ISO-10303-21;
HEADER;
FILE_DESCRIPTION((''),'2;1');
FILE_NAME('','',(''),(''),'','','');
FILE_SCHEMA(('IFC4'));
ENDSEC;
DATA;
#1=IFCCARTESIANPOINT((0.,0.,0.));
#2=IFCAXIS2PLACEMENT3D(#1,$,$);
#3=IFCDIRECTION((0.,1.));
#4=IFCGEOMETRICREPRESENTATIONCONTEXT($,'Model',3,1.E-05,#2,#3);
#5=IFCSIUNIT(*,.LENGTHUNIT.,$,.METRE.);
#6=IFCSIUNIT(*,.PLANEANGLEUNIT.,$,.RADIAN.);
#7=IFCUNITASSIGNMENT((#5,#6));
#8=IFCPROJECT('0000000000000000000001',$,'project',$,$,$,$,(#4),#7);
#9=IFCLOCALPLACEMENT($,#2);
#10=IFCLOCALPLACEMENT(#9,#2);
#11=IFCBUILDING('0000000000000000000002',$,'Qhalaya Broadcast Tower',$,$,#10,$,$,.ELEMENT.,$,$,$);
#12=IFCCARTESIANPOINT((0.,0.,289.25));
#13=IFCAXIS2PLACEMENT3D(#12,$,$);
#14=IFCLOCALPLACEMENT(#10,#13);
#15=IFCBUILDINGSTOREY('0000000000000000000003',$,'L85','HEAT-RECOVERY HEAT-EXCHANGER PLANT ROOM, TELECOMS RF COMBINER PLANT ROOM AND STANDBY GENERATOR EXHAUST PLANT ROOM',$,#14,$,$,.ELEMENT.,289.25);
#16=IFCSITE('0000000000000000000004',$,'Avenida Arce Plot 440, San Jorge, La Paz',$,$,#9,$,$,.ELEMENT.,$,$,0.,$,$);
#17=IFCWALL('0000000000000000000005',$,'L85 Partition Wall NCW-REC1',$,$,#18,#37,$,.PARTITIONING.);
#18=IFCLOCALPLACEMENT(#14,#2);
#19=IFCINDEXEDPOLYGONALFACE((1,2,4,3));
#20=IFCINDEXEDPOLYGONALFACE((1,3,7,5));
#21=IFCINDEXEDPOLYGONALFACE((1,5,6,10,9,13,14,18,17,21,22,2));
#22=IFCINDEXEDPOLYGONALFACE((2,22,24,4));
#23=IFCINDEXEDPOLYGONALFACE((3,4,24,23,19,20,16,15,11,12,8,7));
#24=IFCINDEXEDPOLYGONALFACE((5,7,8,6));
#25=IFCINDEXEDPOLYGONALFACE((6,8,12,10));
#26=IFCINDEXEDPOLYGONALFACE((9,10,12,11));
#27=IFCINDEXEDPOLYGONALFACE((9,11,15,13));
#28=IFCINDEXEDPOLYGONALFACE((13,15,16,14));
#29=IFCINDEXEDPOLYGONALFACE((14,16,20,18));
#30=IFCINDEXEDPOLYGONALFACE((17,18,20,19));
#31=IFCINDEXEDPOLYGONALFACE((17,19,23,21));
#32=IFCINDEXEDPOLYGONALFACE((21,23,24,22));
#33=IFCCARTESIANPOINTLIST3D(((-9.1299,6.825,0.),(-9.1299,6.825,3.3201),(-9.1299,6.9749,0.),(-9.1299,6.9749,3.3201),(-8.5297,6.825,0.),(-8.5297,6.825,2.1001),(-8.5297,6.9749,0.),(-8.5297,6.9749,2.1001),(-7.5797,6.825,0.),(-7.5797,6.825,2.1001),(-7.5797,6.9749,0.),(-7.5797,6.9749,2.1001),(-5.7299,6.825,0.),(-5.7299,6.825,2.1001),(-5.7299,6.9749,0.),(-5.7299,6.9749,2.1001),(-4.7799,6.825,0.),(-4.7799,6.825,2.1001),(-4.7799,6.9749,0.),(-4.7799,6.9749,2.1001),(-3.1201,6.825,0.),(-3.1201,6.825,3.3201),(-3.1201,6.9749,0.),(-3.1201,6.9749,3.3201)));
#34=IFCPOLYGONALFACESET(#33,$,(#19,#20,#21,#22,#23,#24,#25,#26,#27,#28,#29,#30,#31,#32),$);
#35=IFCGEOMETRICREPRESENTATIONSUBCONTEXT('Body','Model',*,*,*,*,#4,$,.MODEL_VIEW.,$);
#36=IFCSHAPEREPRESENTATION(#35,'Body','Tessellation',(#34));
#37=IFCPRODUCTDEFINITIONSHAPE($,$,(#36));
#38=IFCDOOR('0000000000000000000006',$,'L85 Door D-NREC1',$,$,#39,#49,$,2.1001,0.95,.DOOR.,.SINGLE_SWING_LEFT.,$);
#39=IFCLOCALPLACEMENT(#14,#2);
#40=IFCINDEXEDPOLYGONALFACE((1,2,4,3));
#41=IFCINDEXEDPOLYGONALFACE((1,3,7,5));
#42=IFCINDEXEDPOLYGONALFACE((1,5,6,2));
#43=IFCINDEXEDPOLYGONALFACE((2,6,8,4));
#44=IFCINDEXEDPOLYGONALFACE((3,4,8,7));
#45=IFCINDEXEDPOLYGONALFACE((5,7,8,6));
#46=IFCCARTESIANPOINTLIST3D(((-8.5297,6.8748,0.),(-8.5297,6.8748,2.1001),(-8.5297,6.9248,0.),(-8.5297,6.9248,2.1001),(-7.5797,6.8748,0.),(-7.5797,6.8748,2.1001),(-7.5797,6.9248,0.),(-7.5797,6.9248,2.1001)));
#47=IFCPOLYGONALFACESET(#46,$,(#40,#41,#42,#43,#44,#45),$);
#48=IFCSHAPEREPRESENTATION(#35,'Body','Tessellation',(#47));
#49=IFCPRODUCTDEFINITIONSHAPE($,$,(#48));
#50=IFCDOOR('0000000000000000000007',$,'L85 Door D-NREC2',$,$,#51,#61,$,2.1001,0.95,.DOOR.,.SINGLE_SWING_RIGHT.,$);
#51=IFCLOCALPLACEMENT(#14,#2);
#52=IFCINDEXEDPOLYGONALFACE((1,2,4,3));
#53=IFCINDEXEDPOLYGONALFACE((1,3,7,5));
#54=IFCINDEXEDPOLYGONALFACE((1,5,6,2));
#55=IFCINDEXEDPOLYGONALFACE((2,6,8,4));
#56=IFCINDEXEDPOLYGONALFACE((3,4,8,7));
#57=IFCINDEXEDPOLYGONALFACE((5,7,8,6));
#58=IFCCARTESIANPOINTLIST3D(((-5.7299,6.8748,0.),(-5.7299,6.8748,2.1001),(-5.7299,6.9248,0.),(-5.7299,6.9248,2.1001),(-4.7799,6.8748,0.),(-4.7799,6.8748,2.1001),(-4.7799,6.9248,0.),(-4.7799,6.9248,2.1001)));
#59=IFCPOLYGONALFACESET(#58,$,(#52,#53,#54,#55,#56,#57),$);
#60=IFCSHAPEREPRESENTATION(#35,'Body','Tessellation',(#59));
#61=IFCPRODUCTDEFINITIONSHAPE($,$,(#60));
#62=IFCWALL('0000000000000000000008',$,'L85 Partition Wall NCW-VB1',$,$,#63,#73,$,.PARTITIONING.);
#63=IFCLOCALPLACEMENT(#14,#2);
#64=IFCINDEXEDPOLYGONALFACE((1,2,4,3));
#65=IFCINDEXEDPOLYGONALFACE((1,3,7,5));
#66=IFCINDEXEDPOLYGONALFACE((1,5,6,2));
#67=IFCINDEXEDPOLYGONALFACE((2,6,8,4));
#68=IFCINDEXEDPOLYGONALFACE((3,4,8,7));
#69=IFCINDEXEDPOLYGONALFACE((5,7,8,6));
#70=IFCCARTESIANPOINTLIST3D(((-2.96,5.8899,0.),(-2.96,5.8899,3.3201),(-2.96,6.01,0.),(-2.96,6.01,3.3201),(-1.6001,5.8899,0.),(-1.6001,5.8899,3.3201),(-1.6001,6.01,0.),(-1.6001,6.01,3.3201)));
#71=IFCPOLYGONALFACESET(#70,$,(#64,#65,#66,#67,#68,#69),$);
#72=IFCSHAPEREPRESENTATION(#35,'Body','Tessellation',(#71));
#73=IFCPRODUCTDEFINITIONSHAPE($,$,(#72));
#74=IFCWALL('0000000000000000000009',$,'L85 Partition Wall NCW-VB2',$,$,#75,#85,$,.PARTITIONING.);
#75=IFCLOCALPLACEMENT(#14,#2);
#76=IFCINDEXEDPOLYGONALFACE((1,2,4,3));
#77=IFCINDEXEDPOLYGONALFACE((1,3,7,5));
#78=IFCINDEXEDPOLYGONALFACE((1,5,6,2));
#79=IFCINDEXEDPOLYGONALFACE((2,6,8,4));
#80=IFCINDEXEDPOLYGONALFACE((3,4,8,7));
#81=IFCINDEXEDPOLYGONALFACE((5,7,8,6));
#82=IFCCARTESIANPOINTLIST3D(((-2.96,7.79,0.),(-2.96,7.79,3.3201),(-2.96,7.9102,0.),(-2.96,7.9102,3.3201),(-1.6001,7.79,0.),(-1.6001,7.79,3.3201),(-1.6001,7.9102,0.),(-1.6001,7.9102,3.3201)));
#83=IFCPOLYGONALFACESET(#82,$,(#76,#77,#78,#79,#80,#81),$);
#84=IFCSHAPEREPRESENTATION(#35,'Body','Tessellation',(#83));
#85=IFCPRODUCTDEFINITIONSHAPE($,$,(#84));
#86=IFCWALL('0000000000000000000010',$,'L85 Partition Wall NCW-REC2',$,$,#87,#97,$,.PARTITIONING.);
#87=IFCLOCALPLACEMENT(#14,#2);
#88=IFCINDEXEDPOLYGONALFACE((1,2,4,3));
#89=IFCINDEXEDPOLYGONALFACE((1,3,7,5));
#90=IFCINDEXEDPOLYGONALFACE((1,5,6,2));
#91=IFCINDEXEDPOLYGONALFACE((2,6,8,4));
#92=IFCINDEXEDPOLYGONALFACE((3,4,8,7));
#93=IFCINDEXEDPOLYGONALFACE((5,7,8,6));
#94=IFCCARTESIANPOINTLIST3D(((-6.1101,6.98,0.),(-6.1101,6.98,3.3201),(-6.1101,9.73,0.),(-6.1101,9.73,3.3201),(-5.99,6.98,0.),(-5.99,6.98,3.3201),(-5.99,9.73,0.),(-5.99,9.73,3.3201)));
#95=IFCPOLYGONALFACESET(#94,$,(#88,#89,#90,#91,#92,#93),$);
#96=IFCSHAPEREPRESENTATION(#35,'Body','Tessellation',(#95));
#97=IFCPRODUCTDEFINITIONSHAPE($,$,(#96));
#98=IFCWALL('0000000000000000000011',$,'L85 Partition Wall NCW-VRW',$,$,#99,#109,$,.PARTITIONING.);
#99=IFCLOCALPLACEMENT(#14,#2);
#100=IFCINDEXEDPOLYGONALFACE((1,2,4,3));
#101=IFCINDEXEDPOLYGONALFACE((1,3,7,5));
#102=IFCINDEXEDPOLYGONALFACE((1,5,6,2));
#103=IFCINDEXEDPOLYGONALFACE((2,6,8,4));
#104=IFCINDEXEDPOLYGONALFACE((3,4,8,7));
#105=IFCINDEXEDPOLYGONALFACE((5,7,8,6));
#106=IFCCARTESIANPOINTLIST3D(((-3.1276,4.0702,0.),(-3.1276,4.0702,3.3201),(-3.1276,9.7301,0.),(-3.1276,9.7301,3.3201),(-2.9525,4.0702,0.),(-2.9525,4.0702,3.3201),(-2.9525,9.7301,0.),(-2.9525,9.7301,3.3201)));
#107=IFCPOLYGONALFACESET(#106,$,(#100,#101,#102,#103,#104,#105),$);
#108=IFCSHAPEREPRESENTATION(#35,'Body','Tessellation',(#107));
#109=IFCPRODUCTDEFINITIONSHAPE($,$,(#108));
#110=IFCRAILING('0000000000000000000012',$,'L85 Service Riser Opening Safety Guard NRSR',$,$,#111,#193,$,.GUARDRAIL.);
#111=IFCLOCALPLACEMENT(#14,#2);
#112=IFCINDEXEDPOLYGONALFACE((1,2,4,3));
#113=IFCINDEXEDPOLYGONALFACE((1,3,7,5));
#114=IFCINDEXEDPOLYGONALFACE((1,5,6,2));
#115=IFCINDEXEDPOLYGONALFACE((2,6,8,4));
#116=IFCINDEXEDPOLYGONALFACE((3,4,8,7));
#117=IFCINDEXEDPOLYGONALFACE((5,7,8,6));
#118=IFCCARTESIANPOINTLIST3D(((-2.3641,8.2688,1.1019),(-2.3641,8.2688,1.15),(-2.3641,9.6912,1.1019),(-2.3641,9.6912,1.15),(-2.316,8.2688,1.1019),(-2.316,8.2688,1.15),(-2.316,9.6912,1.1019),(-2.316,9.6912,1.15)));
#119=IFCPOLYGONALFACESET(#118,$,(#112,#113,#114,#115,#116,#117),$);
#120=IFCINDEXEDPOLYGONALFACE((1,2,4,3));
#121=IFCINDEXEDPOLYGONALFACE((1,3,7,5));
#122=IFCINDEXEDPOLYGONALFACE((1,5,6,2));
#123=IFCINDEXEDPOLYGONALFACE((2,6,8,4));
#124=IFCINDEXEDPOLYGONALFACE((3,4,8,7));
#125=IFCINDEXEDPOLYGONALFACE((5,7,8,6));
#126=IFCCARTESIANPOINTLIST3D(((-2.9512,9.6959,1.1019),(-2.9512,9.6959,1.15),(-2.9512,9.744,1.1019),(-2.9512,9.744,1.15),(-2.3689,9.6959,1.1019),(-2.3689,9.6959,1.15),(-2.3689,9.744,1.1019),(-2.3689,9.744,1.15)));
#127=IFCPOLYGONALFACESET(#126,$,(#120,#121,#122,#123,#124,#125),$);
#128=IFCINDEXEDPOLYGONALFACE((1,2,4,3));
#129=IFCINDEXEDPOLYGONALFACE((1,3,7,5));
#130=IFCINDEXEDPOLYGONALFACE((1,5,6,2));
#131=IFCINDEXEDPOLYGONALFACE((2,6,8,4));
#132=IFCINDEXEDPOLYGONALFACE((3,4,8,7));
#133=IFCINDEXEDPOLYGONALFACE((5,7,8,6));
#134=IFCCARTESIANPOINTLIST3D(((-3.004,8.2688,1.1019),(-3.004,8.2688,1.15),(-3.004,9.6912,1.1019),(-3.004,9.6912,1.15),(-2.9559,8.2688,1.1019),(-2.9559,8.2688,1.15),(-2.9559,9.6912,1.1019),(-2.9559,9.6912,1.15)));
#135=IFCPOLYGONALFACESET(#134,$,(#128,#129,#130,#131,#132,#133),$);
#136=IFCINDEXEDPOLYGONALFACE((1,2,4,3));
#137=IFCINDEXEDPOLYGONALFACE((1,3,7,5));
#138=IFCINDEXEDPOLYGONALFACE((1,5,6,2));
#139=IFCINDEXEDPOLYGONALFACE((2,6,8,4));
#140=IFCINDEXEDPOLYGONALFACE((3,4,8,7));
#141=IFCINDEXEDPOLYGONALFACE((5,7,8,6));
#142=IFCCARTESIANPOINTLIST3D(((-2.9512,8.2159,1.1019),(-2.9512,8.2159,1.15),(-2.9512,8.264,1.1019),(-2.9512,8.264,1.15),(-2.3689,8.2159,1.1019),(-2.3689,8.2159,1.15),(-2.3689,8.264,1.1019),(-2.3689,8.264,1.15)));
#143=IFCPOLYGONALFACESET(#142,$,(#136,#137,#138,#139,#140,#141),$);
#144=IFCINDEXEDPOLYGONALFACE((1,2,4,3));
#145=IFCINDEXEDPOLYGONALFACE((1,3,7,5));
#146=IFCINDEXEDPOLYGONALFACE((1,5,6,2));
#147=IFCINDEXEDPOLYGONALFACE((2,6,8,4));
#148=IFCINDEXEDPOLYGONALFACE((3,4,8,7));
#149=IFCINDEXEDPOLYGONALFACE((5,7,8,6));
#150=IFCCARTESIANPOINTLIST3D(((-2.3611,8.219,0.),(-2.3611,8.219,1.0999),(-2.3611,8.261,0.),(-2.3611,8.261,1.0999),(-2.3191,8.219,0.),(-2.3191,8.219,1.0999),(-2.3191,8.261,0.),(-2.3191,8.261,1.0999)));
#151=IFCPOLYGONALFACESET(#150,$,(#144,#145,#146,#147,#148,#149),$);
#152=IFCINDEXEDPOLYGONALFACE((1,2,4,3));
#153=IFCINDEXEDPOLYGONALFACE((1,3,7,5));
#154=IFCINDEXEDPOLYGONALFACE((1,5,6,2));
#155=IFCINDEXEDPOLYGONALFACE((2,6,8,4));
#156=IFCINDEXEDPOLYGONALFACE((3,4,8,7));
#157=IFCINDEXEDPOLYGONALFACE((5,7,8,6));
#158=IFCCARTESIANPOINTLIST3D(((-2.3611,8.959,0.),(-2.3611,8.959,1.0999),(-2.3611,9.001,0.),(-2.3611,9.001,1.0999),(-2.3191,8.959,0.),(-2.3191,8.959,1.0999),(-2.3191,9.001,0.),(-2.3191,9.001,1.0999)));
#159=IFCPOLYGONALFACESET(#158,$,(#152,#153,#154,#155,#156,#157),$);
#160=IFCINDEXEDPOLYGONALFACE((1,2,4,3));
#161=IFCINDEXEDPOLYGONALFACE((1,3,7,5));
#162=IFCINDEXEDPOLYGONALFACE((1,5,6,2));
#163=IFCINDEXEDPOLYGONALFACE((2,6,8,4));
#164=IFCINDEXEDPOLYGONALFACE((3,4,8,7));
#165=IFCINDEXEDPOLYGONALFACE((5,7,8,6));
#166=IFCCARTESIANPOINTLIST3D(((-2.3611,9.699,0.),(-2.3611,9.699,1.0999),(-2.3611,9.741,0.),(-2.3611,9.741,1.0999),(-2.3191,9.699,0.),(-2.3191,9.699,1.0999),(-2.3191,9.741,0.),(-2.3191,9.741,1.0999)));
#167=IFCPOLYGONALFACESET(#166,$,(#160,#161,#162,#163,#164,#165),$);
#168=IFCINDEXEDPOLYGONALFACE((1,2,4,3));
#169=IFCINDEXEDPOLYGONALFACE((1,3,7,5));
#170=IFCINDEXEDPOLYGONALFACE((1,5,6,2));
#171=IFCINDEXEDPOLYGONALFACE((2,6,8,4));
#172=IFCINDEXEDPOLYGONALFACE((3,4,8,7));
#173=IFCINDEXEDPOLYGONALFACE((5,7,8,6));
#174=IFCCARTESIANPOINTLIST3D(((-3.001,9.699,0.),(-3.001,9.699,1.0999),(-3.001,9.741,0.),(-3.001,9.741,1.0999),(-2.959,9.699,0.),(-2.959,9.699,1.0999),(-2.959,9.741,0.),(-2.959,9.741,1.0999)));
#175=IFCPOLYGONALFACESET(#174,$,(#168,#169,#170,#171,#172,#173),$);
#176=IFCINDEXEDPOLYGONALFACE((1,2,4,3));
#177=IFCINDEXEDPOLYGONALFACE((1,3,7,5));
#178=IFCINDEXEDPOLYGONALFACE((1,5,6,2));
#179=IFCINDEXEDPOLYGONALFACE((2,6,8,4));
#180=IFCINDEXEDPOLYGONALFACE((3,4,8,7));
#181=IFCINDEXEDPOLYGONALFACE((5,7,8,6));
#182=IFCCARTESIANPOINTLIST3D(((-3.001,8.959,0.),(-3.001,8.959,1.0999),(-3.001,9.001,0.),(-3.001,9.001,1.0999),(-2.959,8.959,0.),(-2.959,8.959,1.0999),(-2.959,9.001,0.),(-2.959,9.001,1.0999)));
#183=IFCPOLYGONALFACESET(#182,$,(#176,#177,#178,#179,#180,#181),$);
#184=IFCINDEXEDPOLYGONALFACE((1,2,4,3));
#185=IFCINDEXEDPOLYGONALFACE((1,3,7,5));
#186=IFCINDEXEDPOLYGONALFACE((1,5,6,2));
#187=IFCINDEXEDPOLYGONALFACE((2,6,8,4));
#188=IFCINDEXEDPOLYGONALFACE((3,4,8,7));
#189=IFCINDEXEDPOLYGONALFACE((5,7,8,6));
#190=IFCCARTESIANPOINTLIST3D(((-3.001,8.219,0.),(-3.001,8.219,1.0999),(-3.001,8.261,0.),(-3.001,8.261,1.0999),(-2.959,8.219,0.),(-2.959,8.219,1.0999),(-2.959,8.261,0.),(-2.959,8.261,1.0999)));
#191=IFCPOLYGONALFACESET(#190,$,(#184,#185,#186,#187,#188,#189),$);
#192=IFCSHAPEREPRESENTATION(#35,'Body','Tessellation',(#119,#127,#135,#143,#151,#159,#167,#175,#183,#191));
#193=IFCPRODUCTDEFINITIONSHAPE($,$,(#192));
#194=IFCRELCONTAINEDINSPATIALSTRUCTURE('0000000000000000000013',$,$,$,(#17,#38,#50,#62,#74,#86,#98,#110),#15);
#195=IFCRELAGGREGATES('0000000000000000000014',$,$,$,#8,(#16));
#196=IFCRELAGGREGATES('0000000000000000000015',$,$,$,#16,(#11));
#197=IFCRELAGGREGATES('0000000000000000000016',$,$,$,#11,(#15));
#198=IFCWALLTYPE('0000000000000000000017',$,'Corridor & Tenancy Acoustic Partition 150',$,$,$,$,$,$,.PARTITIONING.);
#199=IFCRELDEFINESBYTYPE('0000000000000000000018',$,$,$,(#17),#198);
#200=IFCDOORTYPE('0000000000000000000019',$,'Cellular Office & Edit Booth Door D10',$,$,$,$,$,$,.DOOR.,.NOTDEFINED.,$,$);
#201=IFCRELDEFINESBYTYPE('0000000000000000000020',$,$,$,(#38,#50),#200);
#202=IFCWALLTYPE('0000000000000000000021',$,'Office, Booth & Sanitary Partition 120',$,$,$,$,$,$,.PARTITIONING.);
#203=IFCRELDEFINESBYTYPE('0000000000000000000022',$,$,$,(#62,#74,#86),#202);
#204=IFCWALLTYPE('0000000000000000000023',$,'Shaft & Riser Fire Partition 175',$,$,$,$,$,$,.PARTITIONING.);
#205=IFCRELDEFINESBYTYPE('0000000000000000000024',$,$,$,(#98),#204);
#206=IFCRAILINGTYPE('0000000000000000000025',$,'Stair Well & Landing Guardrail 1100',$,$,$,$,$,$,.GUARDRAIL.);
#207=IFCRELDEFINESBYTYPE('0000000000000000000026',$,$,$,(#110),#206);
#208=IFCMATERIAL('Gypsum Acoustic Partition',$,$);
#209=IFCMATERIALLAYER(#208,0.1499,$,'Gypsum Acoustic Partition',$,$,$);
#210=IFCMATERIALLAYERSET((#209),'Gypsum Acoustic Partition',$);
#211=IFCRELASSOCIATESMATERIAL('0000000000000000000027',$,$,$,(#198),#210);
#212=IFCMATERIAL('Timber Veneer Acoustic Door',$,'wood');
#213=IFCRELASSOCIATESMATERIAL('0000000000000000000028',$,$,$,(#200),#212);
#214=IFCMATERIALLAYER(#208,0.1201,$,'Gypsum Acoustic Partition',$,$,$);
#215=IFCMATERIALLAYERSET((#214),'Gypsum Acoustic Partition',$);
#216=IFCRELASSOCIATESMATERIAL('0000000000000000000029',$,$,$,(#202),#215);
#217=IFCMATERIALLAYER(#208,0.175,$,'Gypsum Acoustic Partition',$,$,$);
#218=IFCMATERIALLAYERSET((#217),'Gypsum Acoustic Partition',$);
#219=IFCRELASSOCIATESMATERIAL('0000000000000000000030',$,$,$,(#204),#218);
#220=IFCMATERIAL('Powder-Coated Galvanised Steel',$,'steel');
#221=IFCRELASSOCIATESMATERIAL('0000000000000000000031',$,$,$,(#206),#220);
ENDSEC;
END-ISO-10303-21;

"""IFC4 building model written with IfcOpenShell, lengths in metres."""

from ifc_helpers import new_model, si_unit, direction, frame, frame_2d, origin, origin_2d, place, context, subcontext, project, spatial, rectangle, extrude, material, layer, layer_set, type_object, element, fill, save


model = new_model("IFC4")

# Units and contexts
model_context = context("Model", 3, precision=1e-05, world=origin(), true_north=direction((0.0, 1.0)))
body_context = subcontext(model_context, "Body", "Model", "MODEL_VIEW")
ifc_project = project(units=[si_unit("LENGTHUNIT", "METRE"), si_unit("PLANEANGLEUNIT", "RADIAN")], contexts=[model_context])

# Site, building, storey
site_placement = place(None, origin())
site = spatial("IfcSite", under=ifc_project, at=site_placement, Name="Avenida Arce Plot 440, San Jorge, La Paz", CompositionType="ELEMENT", RefElevation=0.0)
building_placement = place(site_placement, origin())
building = spatial("IfcBuilding", under=site, at=building_placement, Name="Qhalaya Broadcast Tower", CompositionType="ELEMENT")
storey_placement = place(building_placement, frame((0.0, 0.0, 289.25)))
storey = spatial("IfcBuildingStorey", under=building, at=storey_placement, Name="L85", Description="HEAT-RECOVERY HEAT-EXCHANGER PLANT ROOM, TELECOMS RF COMBINER PLANT ROOM AND STANDBY GENERATOR EXHAUST PLANT ROOM", CompositionType="ELEMENT", Elevation=289.25)

# Wall, openings, doors
ifc_material_1 = material(Name="Gypsum Acoustic Partition")
ifc_layer_1 = layer(ifc_material_1, 0.1499, Name="Gypsum Acoustic Partition")
ifc_layer_set_1 = layer_set([ifc_layer_1], Name="Gypsum Acoustic Partition")
wall_type_1 = type_object("IfcWallType", Name="Corridor & Tenancy Acoustic Partition 150", PredefinedType="PARTITIONING", material=ifc_layer_set_1)
ifc_material_2 = material(Name="Timber Veneer Acoustic Door", Category="wood")
wall_1_placement = place(storey_placement, frame((-9.1299, 6.8999, 0.0), z_axis=(0.0, 0.0, 1.0), x_axis=(1.0, 0.0, 0.0)))
wall_1 = element("IfcWall", 1, at=wall_1_placement, inside=storey, type_object=wall_type_1, Name="L85 Partition Wall NCW-REC1", PredefinedType="PARTITIONING", context=body_context, shape_type="SweptSolid", body=[
    extrude(rectangle(XDim=6.0098, YDim=0.1499, at=frame_2d((3.0049, 0.0))), origin(), (0.0, 0.0, 1.0), 3.3201),
])
opening_1_placement = place(wall_1_placement, frame((0.6001, 0.0, 0.0)))
opening_1 = element("IfcOpeningElement", 2, at=opening_1_placement, cuts=wall_1, PredefinedType="OPENING", context=body_context, shape_type="SweptSolid", body=[
    extrude(rectangle(XDim=0.95, YDim=2.1001, at=frame_2d((0.4751, 1.05))), frame((0.0, 0.0869, 0.0), z_axis=(0.0, -1.0, 0.0), x_axis=(1.0, 0.0, 0.0)), (0.0, 0.0, 1.0), 0.1738),
])
opening_2_placement = place(wall_1_placement, frame((3.3999, 0.0, 0.0)))
opening_2 = element("IfcOpeningElement", 3, at=opening_2_placement, cuts=wall_1, PredefinedType="OPENING", context=body_context, shape_type="SweptSolid", body=[
    extrude(rectangle(XDim=0.95, YDim=2.1001, at=frame_2d((0.4751, 1.05))), frame((0.0, 0.0869, 0.0), z_axis=(0.0, -1.0, 0.0), x_axis=(1.0, 0.0, 0.0)), (0.0, 0.0, 1.0), 0.1738),
])
door_type_1 = type_object("IfcDoorType", Name="Cellular Office & Edit Booth Door D10", OperationType="NOTDEFINED", PredefinedType="DOOR", material=ifc_material_2)
door_1_placement = place(opening_1_placement, origin())
door_1 = element("IfcDoor", 4, at=door_1_placement, inside=storey, type_object=door_type_1, Name="L85 Door D-NREC1", OperationType="SINGLE_SWING_LEFT", OverallHeight=2.1001, OverallWidth=0.95, PredefinedType="DOOR", context=body_context, shape_type="SweptSolid", body=[
    extrude(rectangle(XDim=0.95, YDim=2.1001, at=frame_2d((0.4751, 1.05))), frame((0.0, 0.0249, 0.0), z_axis=(0.0, -1.0, 0.0), x_axis=(1.0, 0.0, 0.0)), (0.0, 0.0, 1.0), 0.05),
])
fill(opening_1, door_1)
door_2_placement = place(opening_2_placement, origin())
door_2 = element("IfcDoor", 5, at=door_2_placement, inside=storey, type_object=door_type_1, Name="L85 Door D-NREC2", OperationType="SINGLE_SWING_RIGHT", OverallHeight=2.1001, OverallWidth=0.95, PredefinedType="DOOR", context=body_context, shape_type="SweptSolid", body=[
    extrude(rectangle(XDim=0.95, YDim=2.1001, at=frame_2d((0.4751, 1.05))), frame((0.0, 0.0249, 0.0), z_axis=(0.0, -1.0, 0.0), x_axis=(1.0, 0.0, 0.0)), (0.0, 0.0, 1.0), 0.05),
])
fill(opening_2, door_2)

# Walls
ifc_layer_2 = layer(ifc_material_1, 0.1201, Name="Gypsum Acoustic Partition")
ifc_layer_set_2 = layer_set([ifc_layer_2], Name="Gypsum Acoustic Partition")
wall_type_2 = type_object("IfcWallType", Name="Office, Booth & Sanitary Partition 120", PredefinedType="PARTITIONING", material=ifc_layer_set_2)
for number, where, z_axis, x_axis, name in (
    (6, (-2.96, 5.95, 0.0), (0.0, 0.0, 1.0), (1.0, 0.0, 0.0), "L85 Partition Wall NCW-VB1"),
    (7, (-2.96, 7.8501, 0.0), (0.0, 0.0, 1.0), (1.0, 0.0, 0.0), "L85 Partition Wall NCW-VB2"),
):
    element("IfcWall", number, at=place(storey_placement, frame(where, z_axis=z_axis, x_axis=x_axis)), inside=storey, type_object=wall_type_2, Name=name, PredefinedType="PARTITIONING", context=body_context, shape_type="SweptSolid", body=[
        extrude(rectangle(XDim=1.3599, YDim=0.1201, at=frame_2d((0.6799, 0.0))), origin(), (0.0, 0.0, 1.0), 3.3201),
    ])
wall_2_placement = place(storey_placement, frame((-6.05, 6.98, 0.0), z_axis=(0.0, 0.0, 1.0), x_axis=(0.0, 1.0, 0.0)))
element("IfcWall", 8, at=wall_2_placement, inside=storey, type_object=wall_type_2, Name="L85 Partition Wall NCW-REC2", PredefinedType="PARTITIONING", context=body_context, shape_type="SweptSolid", body=[
    extrude(rectangle(XDim=2.75, YDim=0.1201, at=frame_2d((1.375, 0.0))), origin(), (0.0, 0.0, 1.0), 3.3201),
])
ifc_layer_3 = layer(ifc_material_1, 0.175, Name="Gypsum Acoustic Partition")
ifc_layer_set_3 = layer_set([ifc_layer_3], Name="Gypsum Acoustic Partition")
wall_type_3 = type_object("IfcWallType", Name="Shaft & Riser Fire Partition 175", PredefinedType="PARTITIONING", material=ifc_layer_set_3)
wall_3_placement = place(storey_placement, frame((-3.04, 4.0701, 0.0), z_axis=(0.0, 0.0, 1.0), x_axis=(0.0, 1.0, 0.0)))
element("IfcWall", 9, at=wall_3_placement, inside=storey, type_object=wall_type_3, Name="L85 Partition Wall NCW-VRW", PredefinedType="PARTITIONING", context=body_context, shape_type="SweptSolid", body=[
    extrude(rectangle(XDim=5.6599, YDim=0.175, at=frame_2d((2.8301, 0.0))), origin(), (0.0, 0.0, 1.0), 3.3201),
])

# Railing
ifc_material_3 = material(Name="Powder-Coated Galvanised Steel", Category="steel")
railing_type = type_object("IfcRailingType", Name="Stair Well & Landing Guardrail 1100", PredefinedType="GUARDRAIL", material=ifc_material_3)
railing_placement = place(storey_placement, frame((-2.3401, 8.24, 0.0)))
element("IfcRailing", 10, at=railing_placement, inside=storey, type_object=railing_type, Name="L85 Service Riser Opening Safety Guard NRSR", PredefinedType="GUARDRAIL", context=body_context, shape_type="SweptSolid", body=[
    extrude(rectangle(XDim=0.0481, YDim=0.0481, at=origin_2d()), frame((0.0, 0.0288, 1.126), z_axis=(0.0, 1.0, 0.0), x_axis=(-1.0, 0.0, 0.0)), (0.0, 0.0, 1.0), 1.4224),
    extrude(rectangle(XDim=0.0481, YDim=0.0481, at=origin_2d()), frame((-0.0288, 1.48, 1.126), z_axis=(-1.0, 0.0, 0.0), x_axis=(0.0, -1.0, 0.0)), (0.0, 0.0, 1.0), 0.5823),
    extrude(rectangle(XDim=0.0481, YDim=0.0481, at=origin_2d()), frame((-0.6399, 1.4512, 1.126), z_axis=(0.0, -1.0, 0.0), x_axis=(1.0, 0.0, 0.0)), (0.0, 0.0, 1.0), 1.4224),
    extrude(rectangle(XDim=0.0481, YDim=0.0481, at=origin_2d()), frame((-0.6111, 0.0, 1.126), z_axis=(1.0, 0.0, 0.0), x_axis=(0.0, 1.0, 0.0)), (0.0, 0.0, 1.0), 0.5823),
    extrude(rectangle(XDim=0.042, YDim=0.042, at=origin_2d()), origin(), (0.0, 0.0, 1.0), 1.0999),
    extrude(rectangle(XDim=0.042, YDim=0.042, at=origin_2d()), frame((0.0, 0.74, 0.0)), (0.0, 0.0, 1.0), 1.0999),
    extrude(rectangle(XDim=0.042, YDim=0.042, at=origin_2d()), frame((0.0, 1.48, 0.0)), (0.0, 0.0, 1.0), 1.0999),
    extrude(rectangle(XDim=0.042, YDim=0.042, at=origin_2d()), frame((-0.6399, 1.48, 0.0)), (0.0, 0.0, 1.0), 1.0999),
    extrude(rectangle(XDim=0.042, YDim=0.042, at=origin_2d()), frame((-0.6399, 0.74, 0.0)), (0.0, 0.0, 1.0), 1.0999),
    extrude(rectangle(XDim=0.042, YDim=0.042, at=origin_2d()), frame((-0.6399, 0.0, 0.0)), (0.0, 0.0, 1.0), 1.0999),
])

save(model, "model.ifc")
